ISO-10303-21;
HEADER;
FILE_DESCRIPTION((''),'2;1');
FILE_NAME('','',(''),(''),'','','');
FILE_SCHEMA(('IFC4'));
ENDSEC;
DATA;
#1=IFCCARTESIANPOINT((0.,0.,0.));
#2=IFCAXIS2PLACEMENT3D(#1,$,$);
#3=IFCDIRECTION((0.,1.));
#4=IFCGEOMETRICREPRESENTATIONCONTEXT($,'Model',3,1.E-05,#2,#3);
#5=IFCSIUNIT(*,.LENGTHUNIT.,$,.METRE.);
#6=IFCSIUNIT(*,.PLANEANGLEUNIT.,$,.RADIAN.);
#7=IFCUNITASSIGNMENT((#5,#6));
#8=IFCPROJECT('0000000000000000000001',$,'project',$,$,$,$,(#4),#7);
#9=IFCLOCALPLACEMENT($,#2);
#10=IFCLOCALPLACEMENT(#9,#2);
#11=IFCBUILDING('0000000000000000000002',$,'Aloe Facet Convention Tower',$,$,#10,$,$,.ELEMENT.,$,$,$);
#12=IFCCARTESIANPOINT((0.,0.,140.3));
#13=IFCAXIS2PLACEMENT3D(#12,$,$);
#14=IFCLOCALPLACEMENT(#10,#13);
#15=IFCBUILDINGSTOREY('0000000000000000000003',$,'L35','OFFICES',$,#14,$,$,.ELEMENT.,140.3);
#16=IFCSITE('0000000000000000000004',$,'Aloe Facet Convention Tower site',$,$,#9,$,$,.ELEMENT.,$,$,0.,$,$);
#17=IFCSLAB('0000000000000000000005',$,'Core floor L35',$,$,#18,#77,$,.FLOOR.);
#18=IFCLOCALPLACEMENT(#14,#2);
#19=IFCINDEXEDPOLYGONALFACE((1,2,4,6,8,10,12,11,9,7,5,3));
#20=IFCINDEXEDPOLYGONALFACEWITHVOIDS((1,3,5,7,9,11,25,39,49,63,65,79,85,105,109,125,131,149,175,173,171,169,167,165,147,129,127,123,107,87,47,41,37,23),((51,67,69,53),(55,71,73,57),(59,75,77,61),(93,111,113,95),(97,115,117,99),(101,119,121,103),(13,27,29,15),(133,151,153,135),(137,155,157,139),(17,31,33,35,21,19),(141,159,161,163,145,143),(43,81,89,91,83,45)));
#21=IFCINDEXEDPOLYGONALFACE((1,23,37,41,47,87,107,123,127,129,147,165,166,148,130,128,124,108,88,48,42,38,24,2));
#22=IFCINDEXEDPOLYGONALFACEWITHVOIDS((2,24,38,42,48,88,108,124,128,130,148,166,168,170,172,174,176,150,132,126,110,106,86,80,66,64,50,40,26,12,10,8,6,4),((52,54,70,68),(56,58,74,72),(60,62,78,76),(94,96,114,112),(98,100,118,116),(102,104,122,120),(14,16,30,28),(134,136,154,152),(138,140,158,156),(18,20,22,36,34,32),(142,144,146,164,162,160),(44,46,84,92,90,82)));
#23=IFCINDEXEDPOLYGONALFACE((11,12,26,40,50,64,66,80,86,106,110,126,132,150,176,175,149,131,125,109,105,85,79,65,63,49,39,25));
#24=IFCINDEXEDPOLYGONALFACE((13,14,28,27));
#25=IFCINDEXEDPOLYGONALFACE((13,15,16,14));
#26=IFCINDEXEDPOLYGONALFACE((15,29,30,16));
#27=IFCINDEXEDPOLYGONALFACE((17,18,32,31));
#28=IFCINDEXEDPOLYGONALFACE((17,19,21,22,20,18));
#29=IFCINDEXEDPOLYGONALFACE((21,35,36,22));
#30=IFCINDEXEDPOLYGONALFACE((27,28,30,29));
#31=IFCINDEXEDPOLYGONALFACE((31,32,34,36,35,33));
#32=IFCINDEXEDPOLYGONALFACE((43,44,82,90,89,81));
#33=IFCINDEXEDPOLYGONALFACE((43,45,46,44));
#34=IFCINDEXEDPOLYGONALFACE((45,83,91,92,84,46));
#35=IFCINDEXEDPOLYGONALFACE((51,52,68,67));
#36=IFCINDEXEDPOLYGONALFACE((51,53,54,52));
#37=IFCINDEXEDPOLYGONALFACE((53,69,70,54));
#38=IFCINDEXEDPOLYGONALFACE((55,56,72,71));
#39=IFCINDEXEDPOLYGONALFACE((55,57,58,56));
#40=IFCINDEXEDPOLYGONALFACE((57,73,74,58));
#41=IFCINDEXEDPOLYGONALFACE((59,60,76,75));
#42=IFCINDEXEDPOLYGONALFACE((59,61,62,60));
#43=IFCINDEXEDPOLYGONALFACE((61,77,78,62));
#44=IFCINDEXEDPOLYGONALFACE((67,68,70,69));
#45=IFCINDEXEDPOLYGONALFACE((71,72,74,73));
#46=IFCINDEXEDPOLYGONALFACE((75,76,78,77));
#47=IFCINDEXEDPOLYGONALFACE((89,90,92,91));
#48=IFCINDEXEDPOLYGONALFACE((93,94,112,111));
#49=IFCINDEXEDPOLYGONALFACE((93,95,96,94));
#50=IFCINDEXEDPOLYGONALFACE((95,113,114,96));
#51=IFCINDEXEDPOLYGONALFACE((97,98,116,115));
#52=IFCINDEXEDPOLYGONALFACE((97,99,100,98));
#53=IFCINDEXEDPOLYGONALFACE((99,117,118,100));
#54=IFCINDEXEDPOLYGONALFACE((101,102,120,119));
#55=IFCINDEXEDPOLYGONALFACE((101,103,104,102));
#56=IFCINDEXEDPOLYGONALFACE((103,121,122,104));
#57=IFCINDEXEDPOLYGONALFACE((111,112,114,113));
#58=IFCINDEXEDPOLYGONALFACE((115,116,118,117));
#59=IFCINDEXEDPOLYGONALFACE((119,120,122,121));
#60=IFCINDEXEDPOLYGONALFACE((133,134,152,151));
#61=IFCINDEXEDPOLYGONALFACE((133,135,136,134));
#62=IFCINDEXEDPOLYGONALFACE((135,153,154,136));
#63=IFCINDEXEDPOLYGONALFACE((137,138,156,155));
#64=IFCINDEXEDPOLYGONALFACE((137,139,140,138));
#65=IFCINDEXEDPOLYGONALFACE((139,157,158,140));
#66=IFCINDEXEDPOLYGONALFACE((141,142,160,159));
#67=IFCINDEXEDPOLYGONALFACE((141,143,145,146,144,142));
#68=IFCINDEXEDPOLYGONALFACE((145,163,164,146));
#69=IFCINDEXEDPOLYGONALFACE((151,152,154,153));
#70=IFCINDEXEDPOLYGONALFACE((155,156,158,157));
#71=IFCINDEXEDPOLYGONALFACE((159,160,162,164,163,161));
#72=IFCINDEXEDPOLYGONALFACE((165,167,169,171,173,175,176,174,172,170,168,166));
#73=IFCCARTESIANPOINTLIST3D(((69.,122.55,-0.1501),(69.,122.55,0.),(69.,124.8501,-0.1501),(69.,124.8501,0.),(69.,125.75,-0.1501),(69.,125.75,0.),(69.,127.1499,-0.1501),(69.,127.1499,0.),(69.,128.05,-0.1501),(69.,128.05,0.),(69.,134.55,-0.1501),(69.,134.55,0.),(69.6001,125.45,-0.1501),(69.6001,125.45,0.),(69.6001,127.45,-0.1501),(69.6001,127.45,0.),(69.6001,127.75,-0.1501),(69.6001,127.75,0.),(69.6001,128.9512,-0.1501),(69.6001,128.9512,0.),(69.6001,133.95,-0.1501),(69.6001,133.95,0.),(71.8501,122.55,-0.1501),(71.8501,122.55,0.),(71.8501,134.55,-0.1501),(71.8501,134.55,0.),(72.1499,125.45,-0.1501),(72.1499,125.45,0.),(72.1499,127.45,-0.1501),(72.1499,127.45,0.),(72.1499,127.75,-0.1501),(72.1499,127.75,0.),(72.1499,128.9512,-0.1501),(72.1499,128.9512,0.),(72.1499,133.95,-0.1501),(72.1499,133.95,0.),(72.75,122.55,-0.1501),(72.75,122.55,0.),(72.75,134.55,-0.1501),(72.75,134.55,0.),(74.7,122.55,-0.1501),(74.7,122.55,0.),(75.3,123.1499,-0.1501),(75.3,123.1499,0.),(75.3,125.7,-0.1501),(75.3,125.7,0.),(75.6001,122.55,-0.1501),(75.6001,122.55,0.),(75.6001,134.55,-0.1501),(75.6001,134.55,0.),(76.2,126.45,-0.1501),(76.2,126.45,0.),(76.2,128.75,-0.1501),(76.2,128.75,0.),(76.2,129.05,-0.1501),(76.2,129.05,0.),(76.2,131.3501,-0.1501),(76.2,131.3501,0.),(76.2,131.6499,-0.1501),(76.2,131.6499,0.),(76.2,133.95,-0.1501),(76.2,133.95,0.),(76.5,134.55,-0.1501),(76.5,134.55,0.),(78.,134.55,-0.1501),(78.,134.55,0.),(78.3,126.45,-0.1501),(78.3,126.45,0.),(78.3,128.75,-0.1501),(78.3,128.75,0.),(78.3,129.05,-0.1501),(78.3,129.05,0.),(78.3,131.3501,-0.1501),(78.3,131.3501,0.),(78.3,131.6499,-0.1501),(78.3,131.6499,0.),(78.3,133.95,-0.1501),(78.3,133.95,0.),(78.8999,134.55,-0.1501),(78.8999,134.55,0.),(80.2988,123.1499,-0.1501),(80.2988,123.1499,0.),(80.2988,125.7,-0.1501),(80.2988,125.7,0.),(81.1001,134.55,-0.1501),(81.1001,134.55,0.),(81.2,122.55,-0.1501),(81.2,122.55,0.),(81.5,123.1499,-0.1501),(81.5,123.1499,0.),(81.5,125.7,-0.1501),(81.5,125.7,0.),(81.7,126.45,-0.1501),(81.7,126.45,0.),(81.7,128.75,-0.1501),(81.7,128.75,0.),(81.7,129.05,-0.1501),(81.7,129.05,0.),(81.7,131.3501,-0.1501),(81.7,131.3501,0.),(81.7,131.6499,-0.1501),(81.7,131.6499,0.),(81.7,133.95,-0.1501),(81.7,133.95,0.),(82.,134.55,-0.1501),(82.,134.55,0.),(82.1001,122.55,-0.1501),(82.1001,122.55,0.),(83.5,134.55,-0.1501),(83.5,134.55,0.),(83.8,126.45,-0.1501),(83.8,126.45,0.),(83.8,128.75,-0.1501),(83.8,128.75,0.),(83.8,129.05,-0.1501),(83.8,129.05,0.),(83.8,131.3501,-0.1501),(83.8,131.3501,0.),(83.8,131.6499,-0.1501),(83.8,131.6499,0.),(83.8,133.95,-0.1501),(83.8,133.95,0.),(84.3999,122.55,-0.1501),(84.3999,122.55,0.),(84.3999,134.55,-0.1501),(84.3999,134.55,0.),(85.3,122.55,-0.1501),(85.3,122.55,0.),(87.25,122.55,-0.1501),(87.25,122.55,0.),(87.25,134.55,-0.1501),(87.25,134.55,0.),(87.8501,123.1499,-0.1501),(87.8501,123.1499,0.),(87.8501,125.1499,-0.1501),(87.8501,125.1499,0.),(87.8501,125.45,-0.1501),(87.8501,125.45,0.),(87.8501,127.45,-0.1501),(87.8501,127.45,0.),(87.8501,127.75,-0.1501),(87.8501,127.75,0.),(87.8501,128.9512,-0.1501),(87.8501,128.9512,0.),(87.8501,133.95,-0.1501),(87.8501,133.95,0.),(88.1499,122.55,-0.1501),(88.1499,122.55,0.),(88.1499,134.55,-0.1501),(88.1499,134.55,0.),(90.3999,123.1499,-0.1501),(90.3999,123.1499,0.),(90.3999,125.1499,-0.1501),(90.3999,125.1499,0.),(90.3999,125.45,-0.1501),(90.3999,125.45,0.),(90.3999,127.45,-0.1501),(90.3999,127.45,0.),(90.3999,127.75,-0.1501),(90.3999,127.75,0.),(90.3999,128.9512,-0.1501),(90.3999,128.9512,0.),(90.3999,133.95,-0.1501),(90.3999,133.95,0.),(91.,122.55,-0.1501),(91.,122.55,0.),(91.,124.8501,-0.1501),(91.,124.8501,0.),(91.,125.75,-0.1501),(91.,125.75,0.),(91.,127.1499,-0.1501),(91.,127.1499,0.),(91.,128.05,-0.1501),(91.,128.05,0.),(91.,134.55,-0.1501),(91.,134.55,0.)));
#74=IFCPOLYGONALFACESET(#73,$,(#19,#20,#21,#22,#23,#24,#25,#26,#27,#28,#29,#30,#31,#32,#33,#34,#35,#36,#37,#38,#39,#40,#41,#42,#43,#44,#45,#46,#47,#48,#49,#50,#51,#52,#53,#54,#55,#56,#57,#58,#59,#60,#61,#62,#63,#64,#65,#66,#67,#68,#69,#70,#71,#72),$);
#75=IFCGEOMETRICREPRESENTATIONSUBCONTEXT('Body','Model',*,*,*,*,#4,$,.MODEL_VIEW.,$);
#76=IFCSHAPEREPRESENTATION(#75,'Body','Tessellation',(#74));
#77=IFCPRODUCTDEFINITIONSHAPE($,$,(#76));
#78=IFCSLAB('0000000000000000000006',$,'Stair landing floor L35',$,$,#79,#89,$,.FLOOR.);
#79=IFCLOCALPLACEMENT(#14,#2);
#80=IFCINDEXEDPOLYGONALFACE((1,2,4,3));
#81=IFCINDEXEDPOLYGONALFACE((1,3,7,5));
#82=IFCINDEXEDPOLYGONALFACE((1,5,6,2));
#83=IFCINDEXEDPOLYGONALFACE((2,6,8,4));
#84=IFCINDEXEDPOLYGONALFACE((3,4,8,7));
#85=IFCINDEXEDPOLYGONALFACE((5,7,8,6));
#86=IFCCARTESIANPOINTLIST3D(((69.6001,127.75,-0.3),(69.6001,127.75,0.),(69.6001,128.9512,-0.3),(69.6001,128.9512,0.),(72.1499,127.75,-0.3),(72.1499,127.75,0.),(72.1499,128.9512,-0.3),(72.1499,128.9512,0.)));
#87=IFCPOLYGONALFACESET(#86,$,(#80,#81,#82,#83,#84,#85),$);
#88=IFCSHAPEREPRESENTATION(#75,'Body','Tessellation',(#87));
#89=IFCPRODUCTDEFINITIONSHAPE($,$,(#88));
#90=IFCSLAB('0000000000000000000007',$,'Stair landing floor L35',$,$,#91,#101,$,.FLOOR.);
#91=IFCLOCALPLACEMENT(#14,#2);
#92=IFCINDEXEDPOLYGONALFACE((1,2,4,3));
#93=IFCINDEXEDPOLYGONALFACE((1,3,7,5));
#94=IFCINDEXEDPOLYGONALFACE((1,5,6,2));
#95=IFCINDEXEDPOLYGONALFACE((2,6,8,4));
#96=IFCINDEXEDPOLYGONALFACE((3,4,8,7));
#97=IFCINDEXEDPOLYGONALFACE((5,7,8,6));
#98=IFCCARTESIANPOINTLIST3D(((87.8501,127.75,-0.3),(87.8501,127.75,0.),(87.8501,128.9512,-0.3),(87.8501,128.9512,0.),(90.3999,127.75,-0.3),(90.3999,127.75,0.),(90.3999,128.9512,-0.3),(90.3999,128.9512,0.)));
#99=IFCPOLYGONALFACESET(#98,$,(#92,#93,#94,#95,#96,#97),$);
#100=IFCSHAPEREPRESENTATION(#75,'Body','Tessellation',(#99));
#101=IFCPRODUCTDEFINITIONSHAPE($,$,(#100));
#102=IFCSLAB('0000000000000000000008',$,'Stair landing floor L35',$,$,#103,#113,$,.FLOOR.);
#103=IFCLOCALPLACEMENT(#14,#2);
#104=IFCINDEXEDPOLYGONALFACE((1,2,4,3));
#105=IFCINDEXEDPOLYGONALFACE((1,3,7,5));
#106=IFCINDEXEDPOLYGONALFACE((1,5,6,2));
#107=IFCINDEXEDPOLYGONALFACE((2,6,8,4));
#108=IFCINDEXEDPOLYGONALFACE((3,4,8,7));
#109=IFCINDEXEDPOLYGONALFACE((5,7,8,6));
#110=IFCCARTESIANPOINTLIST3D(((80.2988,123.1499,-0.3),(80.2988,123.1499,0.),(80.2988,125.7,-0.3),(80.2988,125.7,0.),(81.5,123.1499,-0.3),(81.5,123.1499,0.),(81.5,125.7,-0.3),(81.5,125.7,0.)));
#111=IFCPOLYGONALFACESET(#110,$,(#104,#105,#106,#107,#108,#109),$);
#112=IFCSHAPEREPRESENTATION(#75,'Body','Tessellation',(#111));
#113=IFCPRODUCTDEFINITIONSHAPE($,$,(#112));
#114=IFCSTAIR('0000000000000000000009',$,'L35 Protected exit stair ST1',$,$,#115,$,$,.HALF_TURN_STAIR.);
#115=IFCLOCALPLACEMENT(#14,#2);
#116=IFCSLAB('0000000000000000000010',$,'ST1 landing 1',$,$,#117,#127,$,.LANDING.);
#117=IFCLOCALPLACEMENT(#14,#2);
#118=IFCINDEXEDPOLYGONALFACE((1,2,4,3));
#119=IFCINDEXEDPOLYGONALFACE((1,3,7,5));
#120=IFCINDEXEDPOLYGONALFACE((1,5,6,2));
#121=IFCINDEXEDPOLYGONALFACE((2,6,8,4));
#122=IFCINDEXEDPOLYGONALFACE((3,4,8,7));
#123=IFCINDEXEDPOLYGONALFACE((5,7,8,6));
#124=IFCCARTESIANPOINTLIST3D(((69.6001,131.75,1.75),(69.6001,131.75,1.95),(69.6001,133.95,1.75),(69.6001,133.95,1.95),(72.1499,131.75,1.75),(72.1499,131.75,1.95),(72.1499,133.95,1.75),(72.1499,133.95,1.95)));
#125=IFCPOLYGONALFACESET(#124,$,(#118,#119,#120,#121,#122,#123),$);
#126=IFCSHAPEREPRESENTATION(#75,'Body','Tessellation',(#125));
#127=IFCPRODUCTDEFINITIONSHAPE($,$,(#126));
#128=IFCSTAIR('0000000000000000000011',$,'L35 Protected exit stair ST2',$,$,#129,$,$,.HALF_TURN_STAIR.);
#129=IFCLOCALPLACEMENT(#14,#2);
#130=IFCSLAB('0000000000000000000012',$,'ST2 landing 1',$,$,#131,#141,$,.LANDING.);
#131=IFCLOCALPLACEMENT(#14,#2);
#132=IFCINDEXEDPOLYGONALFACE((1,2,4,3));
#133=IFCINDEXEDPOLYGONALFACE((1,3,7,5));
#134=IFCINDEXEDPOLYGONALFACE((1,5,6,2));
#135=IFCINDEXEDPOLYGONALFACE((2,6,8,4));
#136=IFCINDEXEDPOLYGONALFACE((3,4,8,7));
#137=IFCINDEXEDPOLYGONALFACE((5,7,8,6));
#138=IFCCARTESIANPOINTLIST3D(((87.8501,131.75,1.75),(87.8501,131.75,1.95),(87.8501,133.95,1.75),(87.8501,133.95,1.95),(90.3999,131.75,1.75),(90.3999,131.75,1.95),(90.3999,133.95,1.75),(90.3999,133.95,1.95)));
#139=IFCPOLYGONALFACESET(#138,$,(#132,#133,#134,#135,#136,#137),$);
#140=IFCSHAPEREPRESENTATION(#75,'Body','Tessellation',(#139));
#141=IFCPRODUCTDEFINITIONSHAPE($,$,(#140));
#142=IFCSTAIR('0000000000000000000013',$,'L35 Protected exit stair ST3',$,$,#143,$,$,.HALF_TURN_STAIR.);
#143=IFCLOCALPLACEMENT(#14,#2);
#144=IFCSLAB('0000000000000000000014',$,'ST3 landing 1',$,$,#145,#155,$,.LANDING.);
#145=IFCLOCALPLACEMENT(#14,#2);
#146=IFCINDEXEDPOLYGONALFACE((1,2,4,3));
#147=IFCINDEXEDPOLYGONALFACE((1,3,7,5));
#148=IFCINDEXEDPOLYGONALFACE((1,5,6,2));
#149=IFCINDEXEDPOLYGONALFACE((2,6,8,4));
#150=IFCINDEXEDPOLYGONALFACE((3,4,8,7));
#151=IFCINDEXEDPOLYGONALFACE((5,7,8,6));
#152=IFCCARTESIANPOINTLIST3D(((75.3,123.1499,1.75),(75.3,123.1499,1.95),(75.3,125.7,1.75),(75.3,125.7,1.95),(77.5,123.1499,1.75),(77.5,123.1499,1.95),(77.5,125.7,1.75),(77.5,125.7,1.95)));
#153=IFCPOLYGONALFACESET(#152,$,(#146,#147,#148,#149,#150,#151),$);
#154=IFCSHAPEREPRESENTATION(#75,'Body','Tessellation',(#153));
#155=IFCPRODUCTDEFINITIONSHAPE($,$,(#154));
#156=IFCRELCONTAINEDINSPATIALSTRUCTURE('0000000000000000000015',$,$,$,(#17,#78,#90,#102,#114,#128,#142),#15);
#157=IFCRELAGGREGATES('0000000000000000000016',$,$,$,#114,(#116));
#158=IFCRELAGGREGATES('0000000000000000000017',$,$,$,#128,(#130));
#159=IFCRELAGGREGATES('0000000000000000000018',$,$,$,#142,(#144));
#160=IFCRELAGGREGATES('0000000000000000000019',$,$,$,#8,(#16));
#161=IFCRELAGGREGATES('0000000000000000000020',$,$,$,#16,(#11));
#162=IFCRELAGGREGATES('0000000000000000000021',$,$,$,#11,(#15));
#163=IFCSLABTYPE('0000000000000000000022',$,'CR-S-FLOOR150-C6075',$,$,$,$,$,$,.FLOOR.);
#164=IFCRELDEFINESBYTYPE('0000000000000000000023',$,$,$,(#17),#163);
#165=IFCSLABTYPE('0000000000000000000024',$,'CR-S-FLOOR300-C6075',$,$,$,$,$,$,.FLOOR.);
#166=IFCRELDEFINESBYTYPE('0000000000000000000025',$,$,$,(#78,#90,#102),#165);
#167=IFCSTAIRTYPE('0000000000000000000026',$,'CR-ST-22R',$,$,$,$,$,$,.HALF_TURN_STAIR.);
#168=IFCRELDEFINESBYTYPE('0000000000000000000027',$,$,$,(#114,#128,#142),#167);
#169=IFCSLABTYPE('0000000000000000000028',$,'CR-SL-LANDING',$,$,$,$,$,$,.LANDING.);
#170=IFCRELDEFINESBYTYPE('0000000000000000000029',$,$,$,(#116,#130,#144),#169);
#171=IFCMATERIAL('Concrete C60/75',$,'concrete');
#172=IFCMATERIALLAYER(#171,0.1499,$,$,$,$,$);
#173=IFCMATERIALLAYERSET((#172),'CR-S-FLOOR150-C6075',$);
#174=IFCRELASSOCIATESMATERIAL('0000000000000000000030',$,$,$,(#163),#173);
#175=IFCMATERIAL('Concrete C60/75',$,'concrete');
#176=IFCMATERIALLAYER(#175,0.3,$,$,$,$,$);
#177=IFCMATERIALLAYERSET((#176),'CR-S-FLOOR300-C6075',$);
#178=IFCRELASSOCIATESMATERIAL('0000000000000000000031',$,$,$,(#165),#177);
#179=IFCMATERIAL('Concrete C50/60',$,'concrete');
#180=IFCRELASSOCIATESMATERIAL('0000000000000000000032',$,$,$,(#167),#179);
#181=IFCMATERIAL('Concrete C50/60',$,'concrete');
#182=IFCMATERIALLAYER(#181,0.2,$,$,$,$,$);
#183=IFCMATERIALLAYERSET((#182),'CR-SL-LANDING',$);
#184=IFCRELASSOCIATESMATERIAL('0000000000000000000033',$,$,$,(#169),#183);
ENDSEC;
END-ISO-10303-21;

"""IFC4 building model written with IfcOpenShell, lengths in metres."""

from ifc_helpers import new_model, si_unit, direction, frame, origin, place, context, subcontext, project, spatial, polyline, outline, extrude, material, layer, layer_set, type_object, element, aggregate, save


model = new_model("IFC4")

# Units and contexts
model_context = context("Model", 3, precision=1e-05, world=origin(), true_north=direction((0.0, 1.0)))
body_context = subcontext(model_context, "Body", "Model", "MODEL_VIEW")
ifc_project = project(units=[si_unit("LENGTHUNIT", "METRE"), si_unit("PLANEANGLEUNIT", "RADIAN")], contexts=[model_context])

# Site, building, storey
site_placement = place(None, origin())
site = spatial("IfcSite", under=ifc_project, at=site_placement, Name="Aloe Facet Convention Tower site", CompositionType="ELEMENT", RefElevation=0.0)
building_placement = place(site_placement, origin())
building = spatial("IfcBuilding", under=site, at=building_placement, Name="Aloe Facet Convention Tower", CompositionType="ELEMENT")
storey_placement = place(building_placement, frame((0.0, 0.0, 140.3)))
storey = spatial("IfcBuildingStorey", under=building, at=storey_placement, Name="L35", Description="OFFICES", CompositionType="ELEMENT", Elevation=140.3)

# Slabs
ifc_material_1 = material(Name="Concrete C60/75", Category="concrete")
ifc_layer_1 = layer(ifc_material_1, 0.1499)
ifc_layer_set_1 = layer_set([ifc_layer_1], Name="CR-S-FLOOR150-C6075")
slab_type_1 = type_object("IfcSlabType", Name="CR-S-FLOOR150-C6075", PredefinedType="FLOOR", material=ifc_layer_set_1)
slab_1_placement = place(storey_placement, frame((0.0, 0.0, -0.1501)))
element("IfcSlab", 1, at=slab_1_placement, inside=storey, type_object=slab_type_1, Name="Core floor L35", PredefinedType="FLOOR", context=body_context, shape_type="SweptSolid", body=[
    extrude(outline(polyline([(71.8501, 134.55), (72.75, 134.55), (75.6001, 134.55), (76.5, 134.55), (78.0, 134.55), (78.8999, 134.55), (81.1001, 134.55), (82.0, 134.55), (83.5, 134.55), (84.3999, 134.55), (87.25, 134.55), (88.1499, 134.55), (91.0, 134.55), (91.0, 128.05), (91.0, 127.1499), (91.0, 125.75), (91.0, 124.8501), (91.0, 122.55), (88.1499, 122.55), (87.25, 122.55), (85.3, 122.55), (84.3999, 122.55), (82.1001, 122.55), (81.2, 122.55), (75.6001, 122.55), (74.7, 122.55), (72.75, 122.55), (71.8501, 122.55), (69.0, 122.55), (69.0, 124.8501), (69.0, 125.75), (69.0, 127.1499), (69.0, 128.05), (69.0, 134.55), (71.8501, 134.55)]), holes=[polyline([(80.2988, 123.1499), (81.5, 123.1499), (81.5, 125.7), (80.2988, 125.7), (75.3, 125.7), (75.3, 123.1499), (80.2988, 123.1499)]), polyline([(69.6001, 125.45), (72.1499, 125.45), (72.1499, 127.45), (69.6001, 127.45), (69.6001, 125.45)]), polyline([(76.2, 126.45), (78.3, 126.45), (78.3, 128.75), (76.2, 128.75), (76.2, 126.45)]), polyline([(78.3, 129.05), (78.3, 131.3501), (76.2, 131.3501), (76.2, 129.05), (78.3, 129.05)]), polyline([(69.6001, 133.95), (69.6001, 128.9512), (69.6001, 127.75), (72.1499, 127.75), (72.1499, 128.9512), (72.1499, 133.95), (69.6001, 133.95)]), polyline([(76.2, 131.6499), (78.3, 131.6499), (78.3, 133.95), (76.2, 133.95), (76.2, 131.6499)]), polyline([(90.3999, 123.1499), (90.3999, 125.1499), (87.8501, 125.1499), (87.8501, 123.1499), (90.3999, 123.1499)]), polyline([(87.8501, 125.45), (90.3999, 125.45), (90.3999, 127.45), (87.8501, 127.45), (87.8501, 125.45)]), polyline([(81.7, 126.45), (83.8, 126.45), (83.8, 128.75), (81.7, 128.75), (81.7, 126.45)]), polyline([(83.8, 129.05), (83.8, 131.3501), (81.7, 131.3501), (81.7, 129.05), (83.8, 129.05)]), polyline([(87.8501, 133.95), (87.8501, 128.9512), (87.8501, 127.75), (90.3999, 127.75), (90.3999, 128.9512), (90.3999, 133.95), (87.8501, 133.95)]), polyline([(81.7, 131.6499), (83.8, 131.6499), (83.8, 133.95), (81.7, 133.95), (81.7, 131.6499)])]), origin(), (0.0, 0.0, 1.0), 0.1501),
])
ifc_material_2 = material(Name="Concrete C60/75", Category="concrete")
ifc_layer_2 = layer(ifc_material_2, 0.3)
ifc_layer_set_2 = layer_set([ifc_layer_2], Name="CR-S-FLOOR300-C6075")
slab_type_2 = type_object("IfcSlabType", Name="CR-S-FLOOR300-C6075", PredefinedType="FLOOR", material=ifc_layer_set_2)
slab_2_placement = place(storey_placement, frame((0.0, 0.0, -0.3)))
element("IfcSlab", 2, at=slab_2_placement, inside=storey, type_object=slab_type_2, Name="Stair landing floor L35", PredefinedType="FLOOR", context=body_context, shape_type="SweptSolid", body=[
    extrude(outline(polyline([(72.1499, 127.75), (72.1499, 128.9512), (69.6001, 128.9512), (69.6001, 127.75), (72.1499, 127.75)])), origin(), (0.0, 0.0, 1.0), 0.3),
])
slab_3_placement = place(storey_placement, frame((0.0, 0.0, -0.3)))
element("IfcSlab", 3, at=slab_3_placement, inside=storey, type_object=slab_type_2, Name="Stair landing floor L35", PredefinedType="FLOOR", context=body_context, shape_type="SweptSolid", body=[
    extrude(outline(polyline([(90.3999, 127.75), (90.3999, 128.9512), (87.8501, 128.9512), (87.8501, 127.75), (90.3999, 127.75)])), origin(), (0.0, 0.0, 1.0), 0.3),
])
slab_4_placement = place(storey_placement, frame((0.0, 0.0, -0.3)))
element("IfcSlab", 4, at=slab_4_placement, inside=storey, type_object=slab_type_2, Name="Stair landing floor L35", PredefinedType="FLOOR", context=body_context, shape_type="SweptSolid", body=[
    extrude(outline(polyline([(81.5, 125.7), (80.2988, 125.7), (80.2988, 123.1499), (81.5, 123.1499), (81.5, 125.7)])), origin(), (0.0, 0.0, 1.0), 0.3),
])

# Stairs, slabs
ifc_material_3 = material(Name="Concrete C50/60", Category="concrete")
stair_type = type_object("IfcStairType", Name="CR-ST-22R", PredefinedType="HALF_TURN_STAIR", material=ifc_material_3)
stair_1_placement = place(storey_placement, origin())
stair_1 = element("IfcStair", 5, at=stair_1_placement, inside=storey, type_object=stair_type, Name="L35 Protected exit stair ST1", PredefinedType="HALF_TURN_STAIR")
ifc_material_4 = material(Name="Concrete C50/60", Category="concrete")
ifc_layer_3 = layer(ifc_material_4, 0.2)
ifc_layer_set_3 = layer_set([ifc_layer_3], Name="CR-SL-LANDING")
slab_type_3 = type_object("IfcSlabType", Name="CR-SL-LANDING", PredefinedType="LANDING", material=ifc_layer_set_3)
slab_5_placement = place(storey_placement, frame((0.0, 0.0, 1.75)))
slab_5 = element("IfcSlab", 6, at=slab_5_placement, type_object=slab_type_3, Name="ST1 landing 1", PredefinedType="LANDING", context=body_context, shape_type="SweptSolid", body=[
    extrude(outline(polyline([(72.1499, 131.75), (72.1499, 133.95), (69.6001, 133.95), (69.6001, 131.75), (72.1499, 131.75)])), origin(), (0.0, 0.0, 1.0), 0.2),
])
aggregate(stair_1, [slab_5])
stair_2_placement = place(storey_placement, origin())
stair_2 = element("IfcStair", 7, at=stair_2_placement, inside=storey, type_object=stair_type, Name="L35 Protected exit stair ST2", PredefinedType="HALF_TURN_STAIR")
slab_6_placement = place(storey_placement, frame((0.0, 0.0, 1.75)))
slab_6 = element("IfcSlab", 8, at=slab_6_placement, type_object=slab_type_3, Name="ST2 landing 1", PredefinedType="LANDING", context=body_context, shape_type="SweptSolid", body=[
    extrude(outline(polyline([(90.3999, 131.75), (90.3999, 133.95), (87.8501, 133.95), (87.8501, 131.75), (90.3999, 131.75)])), origin(), (0.0, 0.0, 1.0), 0.2),
])
aggregate(stair_2, [slab_6])
stair_3_placement = place(storey_placement, origin())
stair_3 = element("IfcStair", 9, at=stair_3_placement, inside=storey, type_object=stair_type, Name="L35 Protected exit stair ST3", PredefinedType="HALF_TURN_STAIR")
slab_7_placement = place(storey_placement, frame((0.0, 0.0, 1.75)))
slab_7 = element("IfcSlab", 10, at=slab_7_placement, type_object=slab_type_3, Name="ST3 landing 1", PredefinedType="LANDING", context=body_context, shape_type="SweptSolid", body=[
    extrude(outline(polyline([(77.5, 125.7), (75.3, 125.7), (75.3, 123.1499), (77.5, 123.1499), (77.5, 125.7)])), origin(), (0.0, 0.0, 1.0), 0.2),
])
aggregate(stair_3, [slab_7])

save(model, "model.ifc")
